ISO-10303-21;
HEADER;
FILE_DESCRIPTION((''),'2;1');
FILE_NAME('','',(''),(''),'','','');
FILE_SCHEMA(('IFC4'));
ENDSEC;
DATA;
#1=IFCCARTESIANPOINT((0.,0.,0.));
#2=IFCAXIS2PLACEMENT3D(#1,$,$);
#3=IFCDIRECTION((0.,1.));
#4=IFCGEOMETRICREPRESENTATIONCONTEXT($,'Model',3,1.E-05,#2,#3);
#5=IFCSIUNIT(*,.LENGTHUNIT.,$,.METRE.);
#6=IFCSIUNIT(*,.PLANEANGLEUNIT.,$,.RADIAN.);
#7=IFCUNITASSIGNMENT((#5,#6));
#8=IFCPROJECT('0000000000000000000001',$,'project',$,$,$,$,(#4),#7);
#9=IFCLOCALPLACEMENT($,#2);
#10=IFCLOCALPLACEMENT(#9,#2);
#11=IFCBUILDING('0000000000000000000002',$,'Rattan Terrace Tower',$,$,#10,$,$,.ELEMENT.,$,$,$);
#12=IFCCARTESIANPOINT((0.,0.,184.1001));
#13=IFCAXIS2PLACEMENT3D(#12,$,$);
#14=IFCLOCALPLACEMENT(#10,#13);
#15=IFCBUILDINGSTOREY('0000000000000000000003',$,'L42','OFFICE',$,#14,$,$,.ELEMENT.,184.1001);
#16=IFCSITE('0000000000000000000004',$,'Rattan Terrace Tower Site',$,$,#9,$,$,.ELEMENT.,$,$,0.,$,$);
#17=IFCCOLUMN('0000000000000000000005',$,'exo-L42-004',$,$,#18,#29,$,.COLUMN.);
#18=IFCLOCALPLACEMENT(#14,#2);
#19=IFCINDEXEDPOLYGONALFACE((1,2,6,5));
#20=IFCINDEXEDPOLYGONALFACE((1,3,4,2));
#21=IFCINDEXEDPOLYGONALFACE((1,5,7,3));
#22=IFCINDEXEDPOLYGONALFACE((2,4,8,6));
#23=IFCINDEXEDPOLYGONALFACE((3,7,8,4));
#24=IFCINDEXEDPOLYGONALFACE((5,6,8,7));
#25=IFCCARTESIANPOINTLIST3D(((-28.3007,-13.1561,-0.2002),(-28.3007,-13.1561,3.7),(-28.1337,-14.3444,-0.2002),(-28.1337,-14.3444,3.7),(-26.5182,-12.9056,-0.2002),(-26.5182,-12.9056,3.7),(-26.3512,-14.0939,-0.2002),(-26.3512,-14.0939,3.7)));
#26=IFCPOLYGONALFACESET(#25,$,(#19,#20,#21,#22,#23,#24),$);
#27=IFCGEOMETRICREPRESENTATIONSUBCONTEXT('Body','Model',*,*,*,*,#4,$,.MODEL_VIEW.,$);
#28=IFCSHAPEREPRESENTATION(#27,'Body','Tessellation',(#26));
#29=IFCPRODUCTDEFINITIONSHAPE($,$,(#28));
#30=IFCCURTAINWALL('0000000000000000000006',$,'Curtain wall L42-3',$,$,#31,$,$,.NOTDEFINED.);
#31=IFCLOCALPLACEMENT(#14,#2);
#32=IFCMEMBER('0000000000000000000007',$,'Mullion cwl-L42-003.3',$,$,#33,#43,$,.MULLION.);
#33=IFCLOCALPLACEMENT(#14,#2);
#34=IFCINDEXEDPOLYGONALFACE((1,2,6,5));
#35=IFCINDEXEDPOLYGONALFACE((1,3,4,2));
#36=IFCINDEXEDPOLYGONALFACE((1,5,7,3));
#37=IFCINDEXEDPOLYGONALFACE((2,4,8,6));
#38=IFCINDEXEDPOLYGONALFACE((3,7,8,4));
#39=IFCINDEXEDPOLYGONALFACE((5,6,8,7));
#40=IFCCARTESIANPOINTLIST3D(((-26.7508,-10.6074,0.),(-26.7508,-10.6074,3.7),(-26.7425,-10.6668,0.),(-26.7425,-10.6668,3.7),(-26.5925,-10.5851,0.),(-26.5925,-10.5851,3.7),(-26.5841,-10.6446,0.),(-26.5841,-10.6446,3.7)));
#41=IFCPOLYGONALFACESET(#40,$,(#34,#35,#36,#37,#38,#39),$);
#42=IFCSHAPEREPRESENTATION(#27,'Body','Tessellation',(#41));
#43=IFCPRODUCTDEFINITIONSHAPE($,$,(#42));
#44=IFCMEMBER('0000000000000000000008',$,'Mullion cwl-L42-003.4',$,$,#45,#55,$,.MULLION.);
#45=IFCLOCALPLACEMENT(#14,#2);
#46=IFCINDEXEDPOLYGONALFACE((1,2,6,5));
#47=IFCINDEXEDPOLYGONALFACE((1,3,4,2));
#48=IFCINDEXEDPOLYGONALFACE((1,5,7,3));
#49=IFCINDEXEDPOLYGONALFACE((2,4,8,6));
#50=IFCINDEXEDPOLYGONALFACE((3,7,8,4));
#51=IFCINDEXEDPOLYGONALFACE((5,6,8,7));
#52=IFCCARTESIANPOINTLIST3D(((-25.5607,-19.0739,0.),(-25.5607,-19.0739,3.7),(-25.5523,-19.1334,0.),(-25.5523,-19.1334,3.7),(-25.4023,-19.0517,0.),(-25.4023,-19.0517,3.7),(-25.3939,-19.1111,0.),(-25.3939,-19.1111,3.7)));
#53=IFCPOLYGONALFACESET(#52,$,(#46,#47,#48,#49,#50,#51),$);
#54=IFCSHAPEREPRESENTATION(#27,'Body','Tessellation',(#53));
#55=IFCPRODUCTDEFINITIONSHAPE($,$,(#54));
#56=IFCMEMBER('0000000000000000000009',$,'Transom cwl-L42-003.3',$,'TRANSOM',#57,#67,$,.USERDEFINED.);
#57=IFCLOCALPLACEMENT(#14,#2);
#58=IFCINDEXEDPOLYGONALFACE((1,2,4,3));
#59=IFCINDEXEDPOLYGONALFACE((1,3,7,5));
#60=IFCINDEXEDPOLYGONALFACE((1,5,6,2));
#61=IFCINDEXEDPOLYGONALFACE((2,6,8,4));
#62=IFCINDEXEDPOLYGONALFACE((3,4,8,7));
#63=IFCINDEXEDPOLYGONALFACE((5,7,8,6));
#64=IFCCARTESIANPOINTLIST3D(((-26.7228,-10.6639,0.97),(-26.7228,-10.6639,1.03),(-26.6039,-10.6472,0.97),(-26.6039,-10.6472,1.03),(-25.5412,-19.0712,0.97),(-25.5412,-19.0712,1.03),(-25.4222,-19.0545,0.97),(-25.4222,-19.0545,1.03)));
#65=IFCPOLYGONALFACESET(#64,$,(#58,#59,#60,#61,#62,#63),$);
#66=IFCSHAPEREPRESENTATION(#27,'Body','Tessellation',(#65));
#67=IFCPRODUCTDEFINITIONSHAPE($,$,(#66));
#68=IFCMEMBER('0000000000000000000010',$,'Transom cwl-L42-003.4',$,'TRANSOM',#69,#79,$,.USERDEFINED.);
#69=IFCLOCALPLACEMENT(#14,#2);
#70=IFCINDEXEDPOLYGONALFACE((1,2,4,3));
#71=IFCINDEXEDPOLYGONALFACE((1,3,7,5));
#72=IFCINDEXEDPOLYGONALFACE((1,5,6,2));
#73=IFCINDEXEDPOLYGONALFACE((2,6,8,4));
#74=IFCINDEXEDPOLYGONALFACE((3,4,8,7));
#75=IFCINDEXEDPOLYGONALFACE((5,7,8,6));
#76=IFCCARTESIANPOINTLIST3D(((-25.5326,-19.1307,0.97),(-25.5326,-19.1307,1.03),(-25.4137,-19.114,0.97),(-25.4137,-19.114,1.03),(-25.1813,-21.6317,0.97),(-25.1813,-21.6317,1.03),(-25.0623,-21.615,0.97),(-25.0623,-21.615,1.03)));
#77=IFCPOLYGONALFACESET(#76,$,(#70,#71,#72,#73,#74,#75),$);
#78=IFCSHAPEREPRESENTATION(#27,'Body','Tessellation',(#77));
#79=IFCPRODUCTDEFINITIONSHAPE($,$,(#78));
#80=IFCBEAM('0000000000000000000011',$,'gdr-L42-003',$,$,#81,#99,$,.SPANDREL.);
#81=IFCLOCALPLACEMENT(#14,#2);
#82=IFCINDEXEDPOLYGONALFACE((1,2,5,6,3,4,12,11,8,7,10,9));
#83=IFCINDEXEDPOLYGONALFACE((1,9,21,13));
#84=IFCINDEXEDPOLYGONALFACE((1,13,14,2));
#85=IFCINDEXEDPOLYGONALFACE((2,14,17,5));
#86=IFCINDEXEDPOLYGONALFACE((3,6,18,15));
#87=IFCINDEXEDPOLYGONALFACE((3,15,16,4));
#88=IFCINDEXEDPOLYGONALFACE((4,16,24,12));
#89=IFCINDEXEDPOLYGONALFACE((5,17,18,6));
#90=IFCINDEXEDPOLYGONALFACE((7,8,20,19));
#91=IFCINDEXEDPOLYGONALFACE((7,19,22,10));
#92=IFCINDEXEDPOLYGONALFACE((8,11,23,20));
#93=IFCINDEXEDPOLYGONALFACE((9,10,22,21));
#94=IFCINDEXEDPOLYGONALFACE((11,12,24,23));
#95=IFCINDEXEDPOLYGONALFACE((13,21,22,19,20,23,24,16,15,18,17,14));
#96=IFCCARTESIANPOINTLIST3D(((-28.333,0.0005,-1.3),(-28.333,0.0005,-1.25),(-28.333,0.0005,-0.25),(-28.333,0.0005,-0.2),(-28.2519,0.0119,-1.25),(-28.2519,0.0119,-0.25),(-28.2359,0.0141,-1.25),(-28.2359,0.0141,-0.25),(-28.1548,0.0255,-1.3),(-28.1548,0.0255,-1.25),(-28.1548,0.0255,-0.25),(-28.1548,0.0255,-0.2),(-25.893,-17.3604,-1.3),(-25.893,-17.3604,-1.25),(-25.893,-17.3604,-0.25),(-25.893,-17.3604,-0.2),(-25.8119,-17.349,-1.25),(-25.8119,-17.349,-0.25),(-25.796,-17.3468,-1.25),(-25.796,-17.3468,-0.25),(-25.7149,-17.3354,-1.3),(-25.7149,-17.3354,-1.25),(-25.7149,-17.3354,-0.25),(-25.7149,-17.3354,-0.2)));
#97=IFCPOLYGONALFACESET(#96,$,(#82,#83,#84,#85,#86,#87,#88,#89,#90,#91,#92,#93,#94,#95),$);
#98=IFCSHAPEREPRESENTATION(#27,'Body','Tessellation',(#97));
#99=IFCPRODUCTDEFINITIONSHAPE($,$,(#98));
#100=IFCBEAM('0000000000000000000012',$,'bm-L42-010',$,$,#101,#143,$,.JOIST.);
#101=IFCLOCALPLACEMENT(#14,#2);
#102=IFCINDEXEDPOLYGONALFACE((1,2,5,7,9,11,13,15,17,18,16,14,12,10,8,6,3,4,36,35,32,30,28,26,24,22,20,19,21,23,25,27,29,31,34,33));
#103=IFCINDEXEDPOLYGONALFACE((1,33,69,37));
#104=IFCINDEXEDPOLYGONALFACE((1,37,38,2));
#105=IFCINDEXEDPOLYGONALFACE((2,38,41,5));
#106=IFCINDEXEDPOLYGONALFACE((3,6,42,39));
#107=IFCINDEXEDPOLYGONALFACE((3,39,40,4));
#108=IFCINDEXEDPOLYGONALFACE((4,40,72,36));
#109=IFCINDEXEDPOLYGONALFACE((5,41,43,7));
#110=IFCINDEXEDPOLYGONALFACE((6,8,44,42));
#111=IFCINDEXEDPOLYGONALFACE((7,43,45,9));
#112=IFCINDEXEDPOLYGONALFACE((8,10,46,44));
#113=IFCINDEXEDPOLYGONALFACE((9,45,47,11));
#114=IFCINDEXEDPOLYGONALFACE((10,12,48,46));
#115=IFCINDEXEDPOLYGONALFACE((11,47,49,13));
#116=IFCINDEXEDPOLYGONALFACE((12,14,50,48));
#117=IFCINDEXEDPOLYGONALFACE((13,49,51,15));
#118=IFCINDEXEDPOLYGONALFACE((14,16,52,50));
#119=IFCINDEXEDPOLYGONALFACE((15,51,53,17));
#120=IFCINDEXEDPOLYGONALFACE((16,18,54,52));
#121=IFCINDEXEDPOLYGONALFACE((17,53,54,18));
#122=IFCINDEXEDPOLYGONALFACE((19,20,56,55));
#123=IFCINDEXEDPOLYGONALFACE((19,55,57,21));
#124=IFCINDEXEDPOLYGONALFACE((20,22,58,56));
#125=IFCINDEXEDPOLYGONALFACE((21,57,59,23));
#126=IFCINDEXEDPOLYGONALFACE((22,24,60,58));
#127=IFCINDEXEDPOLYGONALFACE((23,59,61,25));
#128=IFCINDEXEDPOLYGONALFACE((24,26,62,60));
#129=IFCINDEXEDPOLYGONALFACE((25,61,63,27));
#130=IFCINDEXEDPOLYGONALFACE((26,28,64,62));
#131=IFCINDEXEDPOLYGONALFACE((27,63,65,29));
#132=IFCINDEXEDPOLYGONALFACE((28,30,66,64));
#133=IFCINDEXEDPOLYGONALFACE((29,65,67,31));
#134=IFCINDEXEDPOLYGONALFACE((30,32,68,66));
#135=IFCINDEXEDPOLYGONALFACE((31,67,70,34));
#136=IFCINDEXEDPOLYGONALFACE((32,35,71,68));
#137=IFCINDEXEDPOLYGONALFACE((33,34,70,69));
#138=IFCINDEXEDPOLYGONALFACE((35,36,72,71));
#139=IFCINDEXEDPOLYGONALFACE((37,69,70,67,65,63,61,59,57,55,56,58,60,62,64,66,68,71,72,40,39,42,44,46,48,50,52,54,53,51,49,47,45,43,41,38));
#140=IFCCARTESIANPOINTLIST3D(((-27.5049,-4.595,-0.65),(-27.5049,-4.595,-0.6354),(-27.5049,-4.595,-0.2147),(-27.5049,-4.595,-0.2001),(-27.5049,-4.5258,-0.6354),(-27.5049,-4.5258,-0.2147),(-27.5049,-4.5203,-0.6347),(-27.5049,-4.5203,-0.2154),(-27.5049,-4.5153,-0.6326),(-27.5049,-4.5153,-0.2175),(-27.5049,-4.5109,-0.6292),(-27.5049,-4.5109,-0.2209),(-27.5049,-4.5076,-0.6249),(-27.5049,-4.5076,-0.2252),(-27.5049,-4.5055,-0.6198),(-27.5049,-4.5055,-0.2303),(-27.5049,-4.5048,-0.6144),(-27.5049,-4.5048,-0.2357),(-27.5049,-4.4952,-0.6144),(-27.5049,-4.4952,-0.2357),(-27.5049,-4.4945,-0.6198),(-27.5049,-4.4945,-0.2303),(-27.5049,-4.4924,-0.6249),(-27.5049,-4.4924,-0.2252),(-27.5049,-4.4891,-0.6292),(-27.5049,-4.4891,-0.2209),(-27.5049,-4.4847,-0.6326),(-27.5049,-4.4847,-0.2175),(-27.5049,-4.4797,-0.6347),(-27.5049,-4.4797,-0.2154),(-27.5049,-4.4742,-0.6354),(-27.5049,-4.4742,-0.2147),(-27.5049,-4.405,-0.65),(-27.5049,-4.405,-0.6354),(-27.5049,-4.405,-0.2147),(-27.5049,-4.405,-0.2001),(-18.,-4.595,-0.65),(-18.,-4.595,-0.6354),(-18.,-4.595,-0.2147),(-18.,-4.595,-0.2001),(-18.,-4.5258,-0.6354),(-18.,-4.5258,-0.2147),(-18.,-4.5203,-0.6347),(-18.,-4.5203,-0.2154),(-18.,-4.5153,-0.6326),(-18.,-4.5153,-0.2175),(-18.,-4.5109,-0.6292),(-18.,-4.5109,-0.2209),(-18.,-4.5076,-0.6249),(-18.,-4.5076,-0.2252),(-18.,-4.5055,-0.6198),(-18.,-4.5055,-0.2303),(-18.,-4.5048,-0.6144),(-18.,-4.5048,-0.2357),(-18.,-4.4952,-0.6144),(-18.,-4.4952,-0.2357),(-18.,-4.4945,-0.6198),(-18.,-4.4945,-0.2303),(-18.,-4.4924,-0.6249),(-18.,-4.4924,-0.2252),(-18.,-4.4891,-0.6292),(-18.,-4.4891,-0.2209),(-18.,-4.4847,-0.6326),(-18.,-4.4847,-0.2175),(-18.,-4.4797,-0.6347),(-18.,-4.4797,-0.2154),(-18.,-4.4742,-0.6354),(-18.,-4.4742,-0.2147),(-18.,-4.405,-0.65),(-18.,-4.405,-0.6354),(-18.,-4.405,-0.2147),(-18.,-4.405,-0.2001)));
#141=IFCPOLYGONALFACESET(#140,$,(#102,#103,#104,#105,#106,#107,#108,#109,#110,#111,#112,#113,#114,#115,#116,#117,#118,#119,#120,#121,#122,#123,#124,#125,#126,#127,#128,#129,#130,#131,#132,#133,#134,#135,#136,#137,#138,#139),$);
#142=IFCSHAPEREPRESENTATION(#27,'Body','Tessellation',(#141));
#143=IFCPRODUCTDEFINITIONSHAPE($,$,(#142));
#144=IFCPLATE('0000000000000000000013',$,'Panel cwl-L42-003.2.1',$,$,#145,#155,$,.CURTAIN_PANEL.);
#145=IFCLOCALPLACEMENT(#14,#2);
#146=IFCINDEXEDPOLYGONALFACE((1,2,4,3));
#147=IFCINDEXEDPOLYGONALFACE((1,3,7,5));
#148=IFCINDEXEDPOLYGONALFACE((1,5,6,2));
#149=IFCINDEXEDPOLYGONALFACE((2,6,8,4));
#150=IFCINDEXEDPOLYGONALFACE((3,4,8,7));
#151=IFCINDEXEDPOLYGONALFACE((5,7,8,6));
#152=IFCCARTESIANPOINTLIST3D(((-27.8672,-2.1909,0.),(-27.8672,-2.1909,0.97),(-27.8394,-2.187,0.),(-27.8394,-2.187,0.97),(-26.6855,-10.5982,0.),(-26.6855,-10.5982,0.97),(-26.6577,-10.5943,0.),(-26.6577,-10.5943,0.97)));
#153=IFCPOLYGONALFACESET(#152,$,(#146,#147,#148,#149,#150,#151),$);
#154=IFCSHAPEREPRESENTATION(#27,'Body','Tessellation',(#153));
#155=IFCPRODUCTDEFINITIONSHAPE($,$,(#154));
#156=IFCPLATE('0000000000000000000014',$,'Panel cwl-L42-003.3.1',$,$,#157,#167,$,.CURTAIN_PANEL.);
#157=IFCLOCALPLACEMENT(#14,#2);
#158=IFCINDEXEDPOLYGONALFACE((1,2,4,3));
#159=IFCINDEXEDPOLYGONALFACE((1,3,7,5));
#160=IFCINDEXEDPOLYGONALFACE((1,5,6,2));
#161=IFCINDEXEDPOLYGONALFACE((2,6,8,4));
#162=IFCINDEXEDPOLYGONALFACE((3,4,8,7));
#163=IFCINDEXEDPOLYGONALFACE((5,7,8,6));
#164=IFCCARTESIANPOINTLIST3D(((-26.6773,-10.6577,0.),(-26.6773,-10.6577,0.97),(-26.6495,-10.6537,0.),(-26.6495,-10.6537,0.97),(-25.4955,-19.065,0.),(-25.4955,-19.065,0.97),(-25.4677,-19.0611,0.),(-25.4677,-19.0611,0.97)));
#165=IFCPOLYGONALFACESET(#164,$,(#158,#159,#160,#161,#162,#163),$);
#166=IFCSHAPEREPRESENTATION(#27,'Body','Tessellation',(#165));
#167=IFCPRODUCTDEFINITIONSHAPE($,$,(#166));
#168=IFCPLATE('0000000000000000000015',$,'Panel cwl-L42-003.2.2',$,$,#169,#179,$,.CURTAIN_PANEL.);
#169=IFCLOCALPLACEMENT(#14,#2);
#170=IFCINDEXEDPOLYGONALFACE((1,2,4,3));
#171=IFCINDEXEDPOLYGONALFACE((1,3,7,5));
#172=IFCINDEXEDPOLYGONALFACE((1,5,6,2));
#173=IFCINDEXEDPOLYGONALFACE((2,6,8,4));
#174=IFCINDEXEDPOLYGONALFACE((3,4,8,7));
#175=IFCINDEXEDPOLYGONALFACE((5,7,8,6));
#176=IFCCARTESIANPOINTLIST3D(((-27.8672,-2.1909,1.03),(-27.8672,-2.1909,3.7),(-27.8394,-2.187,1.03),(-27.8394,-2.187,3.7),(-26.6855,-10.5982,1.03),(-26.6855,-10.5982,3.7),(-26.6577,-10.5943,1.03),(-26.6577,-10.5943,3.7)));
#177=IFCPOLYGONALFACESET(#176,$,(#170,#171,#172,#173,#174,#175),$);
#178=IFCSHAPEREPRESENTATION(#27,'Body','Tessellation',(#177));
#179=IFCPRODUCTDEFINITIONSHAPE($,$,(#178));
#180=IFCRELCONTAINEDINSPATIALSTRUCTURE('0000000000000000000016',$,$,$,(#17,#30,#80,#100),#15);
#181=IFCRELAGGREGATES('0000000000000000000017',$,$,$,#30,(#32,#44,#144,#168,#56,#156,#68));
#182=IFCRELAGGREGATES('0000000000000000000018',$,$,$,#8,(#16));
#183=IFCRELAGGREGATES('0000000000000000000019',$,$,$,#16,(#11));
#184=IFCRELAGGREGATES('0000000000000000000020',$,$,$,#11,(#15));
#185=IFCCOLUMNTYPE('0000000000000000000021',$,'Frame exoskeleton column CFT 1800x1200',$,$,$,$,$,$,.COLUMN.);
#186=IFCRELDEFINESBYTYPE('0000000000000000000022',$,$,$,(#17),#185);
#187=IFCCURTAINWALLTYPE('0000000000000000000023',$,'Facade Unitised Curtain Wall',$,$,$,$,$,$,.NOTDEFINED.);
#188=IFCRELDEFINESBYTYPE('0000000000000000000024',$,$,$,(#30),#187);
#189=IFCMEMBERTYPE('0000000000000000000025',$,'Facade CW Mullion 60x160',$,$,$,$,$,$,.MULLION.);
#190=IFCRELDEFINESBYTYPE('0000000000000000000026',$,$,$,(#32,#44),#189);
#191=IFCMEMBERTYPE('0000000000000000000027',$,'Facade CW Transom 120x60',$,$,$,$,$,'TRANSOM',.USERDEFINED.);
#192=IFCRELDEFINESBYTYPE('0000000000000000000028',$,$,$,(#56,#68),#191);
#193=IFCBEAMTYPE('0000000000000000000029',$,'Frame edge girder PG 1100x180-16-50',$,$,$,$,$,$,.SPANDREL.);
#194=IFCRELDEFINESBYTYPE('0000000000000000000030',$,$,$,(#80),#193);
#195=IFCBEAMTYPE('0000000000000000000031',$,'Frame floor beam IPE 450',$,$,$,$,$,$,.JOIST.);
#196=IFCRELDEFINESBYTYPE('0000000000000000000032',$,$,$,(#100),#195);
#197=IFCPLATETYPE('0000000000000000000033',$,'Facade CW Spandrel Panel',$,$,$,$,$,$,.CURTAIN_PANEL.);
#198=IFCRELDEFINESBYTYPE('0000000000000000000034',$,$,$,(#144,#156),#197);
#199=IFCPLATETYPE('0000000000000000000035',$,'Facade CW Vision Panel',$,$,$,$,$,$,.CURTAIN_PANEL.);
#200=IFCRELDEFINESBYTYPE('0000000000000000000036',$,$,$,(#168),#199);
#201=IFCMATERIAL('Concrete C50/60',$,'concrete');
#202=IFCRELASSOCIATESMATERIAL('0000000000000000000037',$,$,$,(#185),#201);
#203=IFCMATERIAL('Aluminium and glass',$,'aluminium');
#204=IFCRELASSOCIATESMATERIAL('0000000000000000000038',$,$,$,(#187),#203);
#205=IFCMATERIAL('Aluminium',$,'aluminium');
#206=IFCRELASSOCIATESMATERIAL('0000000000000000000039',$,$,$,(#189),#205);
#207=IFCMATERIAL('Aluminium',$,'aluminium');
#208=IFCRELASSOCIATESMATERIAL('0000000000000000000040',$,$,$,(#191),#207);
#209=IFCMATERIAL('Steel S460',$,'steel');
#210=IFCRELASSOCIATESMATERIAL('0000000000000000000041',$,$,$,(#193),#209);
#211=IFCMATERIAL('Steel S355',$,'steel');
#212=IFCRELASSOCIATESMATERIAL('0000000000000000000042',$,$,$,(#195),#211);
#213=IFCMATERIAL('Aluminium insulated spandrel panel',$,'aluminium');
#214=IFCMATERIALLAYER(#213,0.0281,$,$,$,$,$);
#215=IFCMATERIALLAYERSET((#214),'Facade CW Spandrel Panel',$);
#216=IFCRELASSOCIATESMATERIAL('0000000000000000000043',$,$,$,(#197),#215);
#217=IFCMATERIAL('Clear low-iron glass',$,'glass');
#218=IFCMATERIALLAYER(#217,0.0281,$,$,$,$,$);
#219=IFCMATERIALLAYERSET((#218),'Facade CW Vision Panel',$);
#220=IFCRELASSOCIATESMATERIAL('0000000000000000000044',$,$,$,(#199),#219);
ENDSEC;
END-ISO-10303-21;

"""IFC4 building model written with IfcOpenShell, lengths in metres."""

from ifc_helpers import new_model, si_unit, direction, frame, origin, origin_2d, place, context, subcontext, project, spatial, rectangle, i_section, extrude, material, layer, layer_set, material_profile, profile_set, type_object, element, aggregate, save


model = new_model("IFC4")

# Units and contexts
model_context = context("Model", 3, precision=1e-05, world=origin(), true_north=direction((0.0, 1.0)))
body_context = subcontext(model_context, "Body", "Model", "MODEL_VIEW")
ifc_project = project(units=[si_unit("LENGTHUNIT", "METRE"), si_unit("PLANEANGLEUNIT", "RADIAN")], contexts=[model_context])

# Site, building, storey
site_placement = place(None, origin())
site = spatial("IfcSite", under=ifc_project, at=site_placement, Name="Rattan Terrace Tower Site", CompositionType="ELEMENT", RefElevation=0.0)
building_placement = place(site_placement, origin())
building = spatial("IfcBuilding", under=site, at=building_placement, Name="Rattan Terrace Tower", CompositionType="ELEMENT")
storey_placement = place(building_placement, frame((0.0, 0.0, 184.1001)))
storey = spatial("IfcBuildingStorey", under=building, at=storey_placement, Name="L42", Description="OFFICE", CompositionType="ELEMENT", Elevation=184.1001)

# Column
ifc_material_1 = material(Name="Concrete C50/60", Category="concrete")
ifc_material_profile_1 = material_profile(ifc_material_1, rectangle(XDim=1.2, YDim=1.8, at=origin_2d()), Name="CFT 1800x1200")
ifc_profile_set_1 = profile_set([ifc_material_profile_1], Name="Concrete C50/60")
column_type = type_object("IfcColumnType", Name="Frame exoskeleton column CFT 1800x1200", PredefinedType="COLUMN", material=ifc_profile_set_1)
column_placement = place(storey_placement, frame((-27.3259, -13.625, -0.2002), z_axis=(0.0, 0.0, 1.0), x_axis=(-0.13919, 0.990266, 0.0)))
element("IfcColumn", 1, at=column_placement, inside=storey, type_object=column_type, Name="exo-L42-004", PredefinedType="COLUMN", context=body_context, shape_type="SweptSolid", body=[
    extrude(rectangle(XDim=1.2, YDim=1.8, at=origin_2d()), origin(), (0.0, 0.0, 1.0), 3.9001),
])

# Curtain wall, members
ifc_material_2 = material(Name="Aluminium and glass", Category="aluminium")
curtain_wall_type = type_object("IfcCurtainWallType", Name="Facade Unitised Curtain Wall", PredefinedType="NOTDEFINED", material=ifc_material_2)
curtain_wall_placement = place(storey_placement, origin())
curtain_wall = element("IfcCurtainWall", 2, at=curtain_wall_placement, inside=storey, type_object=curtain_wall_type, Name="Curtain wall L42-3", PredefinedType="NOTDEFINED")
ifc_material_3 = material(Name="Aluminium", Category="aluminium")
ifc_material_profile_2 = material_profile(ifc_material_3, rectangle(XDim=0.0601, YDim=0.1599, at=origin_2d()), Name="Aluminium 60x160")
ifc_profile_set_2 = profile_set([ifc_material_profile_2], Name="Aluminium")
member_type_1 = type_object("IfcMemberType", Name="Facade CW Mullion 60x160", PredefinedType="MULLION", material=ifc_profile_set_2)
member_1_placement = place(storey_placement, frame((-26.6675, -10.626, 0.0), z_axis=(0.0, 0.0, 1.0), x_axis=(0.139191, -0.990266, 0.0)))
member_1 = element("IfcMember", 3, at=member_1_placement, type_object=member_type_1, Name="Mullion cwl-L42-003.3", PredefinedType="MULLION", context=body_context, shape_type="SweptSolid", body=[
    extrude(rectangle(XDim=0.0601, YDim=0.1599, at=origin_2d()), origin(), (0.0, 0.0, 1.0), 3.7),
])
member_2_placement = place(storey_placement, frame((-25.4773, -19.0925, 0.0), z_axis=(0.0, 0.0, 1.0), x_axis=(0.139191, -0.990266, 0.0)))
member_2 = element("IfcMember", 4, at=member_2_placement, type_object=member_type_1, Name="Mullion cwl-L42-003.4", PredefinedType="MULLION", context=body_context, shape_type="SweptSolid", body=[
    extrude(rectangle(XDim=0.0601, YDim=0.1599, at=origin_2d()), origin(), (0.0, 0.0, 1.0), 3.7),
])
ifc_material_4 = material(Name="Aluminium", Category="aluminium")
ifc_material_profile_3 = material_profile(ifc_material_4, rectangle(XDim=0.1201, YDim=0.0601, at=origin_2d()), Name="Aluminium 120x60")
ifc_profile_set_3 = profile_set([ifc_material_profile_3], Name="Aluminium")
member_type_2 = type_object("IfcMemberType", Name="Facade CW Transom 120x60", ElementType="TRANSOM", PredefinedType="USERDEFINED", material=ifc_profile_set_3)
member_3_placement = place(storey_placement, frame((-26.6633, -10.6555, 1.0), z_axis=(0.139179, -0.990267, 0.0), x_axis=(0.990267, 0.139179, 0.0)))
member_3 = element("IfcMember", 5, at=member_3_placement, type_object=member_type_2, Name="Transom cwl-L42-003.3", ObjectType="TRANSOM", PredefinedType="USERDEFINED", context=body_context, shape_type="SweptSolid", body=[
    extrude(rectangle(XDim=0.1201, YDim=0.0601, at=origin_2d()), origin(), (0.0, 0.0, 1.0), 8.49),
])
member_4_placement = place(storey_placement, frame((-25.4731, -19.1223, 1.0), z_axis=(0.139107, -0.990277, 0.0), x_axis=(0.990277, 0.139107, 0.0)))
member_4 = element("IfcMember", 6, at=member_4_placement, type_object=member_type_2, Name="Transom cwl-L42-003.4", ObjectType="TRANSOM", PredefinedType="USERDEFINED", context=body_context, shape_type="SweptSolid", body=[
    extrude(rectangle(XDim=0.1201, YDim=0.0601, at=origin_2d()), origin(), (0.0, 0.0, 1.0), 2.5256),
])

# Beams
ifc_material_5 = material(Name="Steel S460", Category="steel")
ifc_material_profile_4 = material_profile(ifc_material_5, i_section(OverallWidth=0.1799, OverallDepth=1.1001, WebThickness=0.0161, FlangeThickness=0.05, at=origin_2d()), Name="PG 1100x180-16-50")
ifc_profile_set_4 = profile_set([ifc_material_profile_4], Name="Steel S460")
beam_type_1 = type_object("IfcBeamType", Name="Frame edge girder PG 1100x180-16-50", PredefinedType="SPANDREL", material=ifc_profile_set_4)
beam_1_placement = place(storey_placement, frame((-25.804, -17.3479, -0.75), z_axis=(-0.139175, 0.990268, 0.0), x_axis=(-0.990268, -0.139175, 0.0)))
element("IfcBeam", 7, at=beam_1_placement, inside=storey, type_object=beam_type_1, Name="gdr-L42-003", PredefinedType="SPANDREL", context=body_context, shape_type="SweptSolid", body=[
    extrude(i_section(OverallWidth=0.1799, OverallDepth=1.1001, WebThickness=0.0161, FlangeThickness=0.05, at=origin_2d()), origin(), (0.0, 0.0, 1.0), 17.5315),
])
ifc_material_6 = material(Name="Steel S355", Category="steel")
ifc_material_profile_5 = material_profile(ifc_material_6, i_section(OverallWidth=0.1899, OverallDepth=0.45, WebThickness=0.0095, FlangeThickness=0.0146, FilletRadius=0.021, at=origin_2d()), Name="IPE 450")
ifc_profile_set_5 = profile_set([ifc_material_profile_5], Name="Steel S355")
beam_type_2 = type_object("IfcBeamType", Name="Frame floor beam IPE 450", PredefinedType="JOIST", material=ifc_profile_set_5)
beam_2_placement = place(storey_placement, frame((-27.5049, -4.5, -0.425), z_axis=(1.0, 0.0, 0.0), x_axis=(0.0, 1.0, 0.0)))
element("IfcBeam", 8, at=beam_2_placement, inside=storey, type_object=beam_type_2, Name="bm-L42-010", PredefinedType="JOIST", context=body_context, shape_type="SweptSolid", body=[
    extrude(i_section(OverallWidth=0.1899, OverallDepth=0.45, WebThickness=0.0095, FlangeThickness=0.0146, FilletRadius=0.021, at=origin_2d()), origin(), (0.0, 0.0, 1.0), 9.5049),
])

# Plates
ifc_material_7 = material(Name="Aluminium insulated spandrel panel", Category="aluminium")
ifc_layer_1 = layer(ifc_material_7, 0.0281)
ifc_layer_set_1 = layer_set([ifc_layer_1], Name="Facade CW Spandrel Panel")
plate_type_1 = type_object("IfcPlateType", Name="Facade CW Spandrel Panel", PredefinedType="CURTAIN_PANEL", material=ifc_layer_set_1)
plate_1_placement = place(storey_placement, frame((-27.2625, -6.3926, 0.0), z_axis=(0.0, 0.0, 1.0), x_axis=(0.139191, -0.990266, 0.0)))
plate_1 = element("IfcPlate", 9, at=plate_1_placement, type_object=plate_type_1, Name="Panel cwl-L42-003.2.1", PredefinedType="CURTAIN_PANEL", context=body_context, shape_type="SweptSolid", body=[
    extrude(rectangle(XDim=8.49, YDim=0.0281, at=origin_2d()), origin(), (0.0, 0.0, 1.0), 0.97),
])
plate_2_placement = place(storey_placement, frame((-26.0725, -14.8594, 0.0), z_axis=(0.0, 0.0, 1.0), x_axis=(0.139191, -0.990266, 0.0)))
plate_2 = element("IfcPlate", 10, at=plate_2_placement, type_object=plate_type_1, Name="Panel cwl-L42-003.3.1", PredefinedType="CURTAIN_PANEL", context=body_context, shape_type="SweptSolid", body=[
    extrude(rectangle(XDim=8.49, YDim=0.0281, at=origin_2d()), origin(), (0.0, 0.0, 1.0), 0.97),
])
ifc_material_8 = material(Name="Clear low-iron glass", Category="glass")
ifc_layer_2 = layer(ifc_material_8, 0.0281)
ifc_layer_set_2 = layer_set([ifc_layer_2], Name="Facade CW Vision Panel")
plate_type_2 = type_object("IfcPlateType", Name="Facade CW Vision Panel", PredefinedType="CURTAIN_PANEL", material=ifc_layer_set_2)
plate_3_placement = place(storey_placement, frame((-27.2625, -6.3926, 1.03), z_axis=(0.0, 0.0, 1.0), x_axis=(0.139191, -0.990266, 0.0)))
plate_3 = element("IfcPlate", 11, at=plate_3_placement, type_object=plate_type_2, Name="Panel cwl-L42-003.2.2", PredefinedType="CURTAIN_PANEL", context=body_context, shape_type="SweptSolid", body=[
    extrude(rectangle(XDim=8.49, YDim=0.0281, at=origin_2d()), origin(), (0.0, 0.0, 1.0), 2.6699),
])
aggregate(curtain_wall, [member_1, member_2, plate_1, plate_3, member_3, plate_2, member_4])

save(model, "model.ifc")
